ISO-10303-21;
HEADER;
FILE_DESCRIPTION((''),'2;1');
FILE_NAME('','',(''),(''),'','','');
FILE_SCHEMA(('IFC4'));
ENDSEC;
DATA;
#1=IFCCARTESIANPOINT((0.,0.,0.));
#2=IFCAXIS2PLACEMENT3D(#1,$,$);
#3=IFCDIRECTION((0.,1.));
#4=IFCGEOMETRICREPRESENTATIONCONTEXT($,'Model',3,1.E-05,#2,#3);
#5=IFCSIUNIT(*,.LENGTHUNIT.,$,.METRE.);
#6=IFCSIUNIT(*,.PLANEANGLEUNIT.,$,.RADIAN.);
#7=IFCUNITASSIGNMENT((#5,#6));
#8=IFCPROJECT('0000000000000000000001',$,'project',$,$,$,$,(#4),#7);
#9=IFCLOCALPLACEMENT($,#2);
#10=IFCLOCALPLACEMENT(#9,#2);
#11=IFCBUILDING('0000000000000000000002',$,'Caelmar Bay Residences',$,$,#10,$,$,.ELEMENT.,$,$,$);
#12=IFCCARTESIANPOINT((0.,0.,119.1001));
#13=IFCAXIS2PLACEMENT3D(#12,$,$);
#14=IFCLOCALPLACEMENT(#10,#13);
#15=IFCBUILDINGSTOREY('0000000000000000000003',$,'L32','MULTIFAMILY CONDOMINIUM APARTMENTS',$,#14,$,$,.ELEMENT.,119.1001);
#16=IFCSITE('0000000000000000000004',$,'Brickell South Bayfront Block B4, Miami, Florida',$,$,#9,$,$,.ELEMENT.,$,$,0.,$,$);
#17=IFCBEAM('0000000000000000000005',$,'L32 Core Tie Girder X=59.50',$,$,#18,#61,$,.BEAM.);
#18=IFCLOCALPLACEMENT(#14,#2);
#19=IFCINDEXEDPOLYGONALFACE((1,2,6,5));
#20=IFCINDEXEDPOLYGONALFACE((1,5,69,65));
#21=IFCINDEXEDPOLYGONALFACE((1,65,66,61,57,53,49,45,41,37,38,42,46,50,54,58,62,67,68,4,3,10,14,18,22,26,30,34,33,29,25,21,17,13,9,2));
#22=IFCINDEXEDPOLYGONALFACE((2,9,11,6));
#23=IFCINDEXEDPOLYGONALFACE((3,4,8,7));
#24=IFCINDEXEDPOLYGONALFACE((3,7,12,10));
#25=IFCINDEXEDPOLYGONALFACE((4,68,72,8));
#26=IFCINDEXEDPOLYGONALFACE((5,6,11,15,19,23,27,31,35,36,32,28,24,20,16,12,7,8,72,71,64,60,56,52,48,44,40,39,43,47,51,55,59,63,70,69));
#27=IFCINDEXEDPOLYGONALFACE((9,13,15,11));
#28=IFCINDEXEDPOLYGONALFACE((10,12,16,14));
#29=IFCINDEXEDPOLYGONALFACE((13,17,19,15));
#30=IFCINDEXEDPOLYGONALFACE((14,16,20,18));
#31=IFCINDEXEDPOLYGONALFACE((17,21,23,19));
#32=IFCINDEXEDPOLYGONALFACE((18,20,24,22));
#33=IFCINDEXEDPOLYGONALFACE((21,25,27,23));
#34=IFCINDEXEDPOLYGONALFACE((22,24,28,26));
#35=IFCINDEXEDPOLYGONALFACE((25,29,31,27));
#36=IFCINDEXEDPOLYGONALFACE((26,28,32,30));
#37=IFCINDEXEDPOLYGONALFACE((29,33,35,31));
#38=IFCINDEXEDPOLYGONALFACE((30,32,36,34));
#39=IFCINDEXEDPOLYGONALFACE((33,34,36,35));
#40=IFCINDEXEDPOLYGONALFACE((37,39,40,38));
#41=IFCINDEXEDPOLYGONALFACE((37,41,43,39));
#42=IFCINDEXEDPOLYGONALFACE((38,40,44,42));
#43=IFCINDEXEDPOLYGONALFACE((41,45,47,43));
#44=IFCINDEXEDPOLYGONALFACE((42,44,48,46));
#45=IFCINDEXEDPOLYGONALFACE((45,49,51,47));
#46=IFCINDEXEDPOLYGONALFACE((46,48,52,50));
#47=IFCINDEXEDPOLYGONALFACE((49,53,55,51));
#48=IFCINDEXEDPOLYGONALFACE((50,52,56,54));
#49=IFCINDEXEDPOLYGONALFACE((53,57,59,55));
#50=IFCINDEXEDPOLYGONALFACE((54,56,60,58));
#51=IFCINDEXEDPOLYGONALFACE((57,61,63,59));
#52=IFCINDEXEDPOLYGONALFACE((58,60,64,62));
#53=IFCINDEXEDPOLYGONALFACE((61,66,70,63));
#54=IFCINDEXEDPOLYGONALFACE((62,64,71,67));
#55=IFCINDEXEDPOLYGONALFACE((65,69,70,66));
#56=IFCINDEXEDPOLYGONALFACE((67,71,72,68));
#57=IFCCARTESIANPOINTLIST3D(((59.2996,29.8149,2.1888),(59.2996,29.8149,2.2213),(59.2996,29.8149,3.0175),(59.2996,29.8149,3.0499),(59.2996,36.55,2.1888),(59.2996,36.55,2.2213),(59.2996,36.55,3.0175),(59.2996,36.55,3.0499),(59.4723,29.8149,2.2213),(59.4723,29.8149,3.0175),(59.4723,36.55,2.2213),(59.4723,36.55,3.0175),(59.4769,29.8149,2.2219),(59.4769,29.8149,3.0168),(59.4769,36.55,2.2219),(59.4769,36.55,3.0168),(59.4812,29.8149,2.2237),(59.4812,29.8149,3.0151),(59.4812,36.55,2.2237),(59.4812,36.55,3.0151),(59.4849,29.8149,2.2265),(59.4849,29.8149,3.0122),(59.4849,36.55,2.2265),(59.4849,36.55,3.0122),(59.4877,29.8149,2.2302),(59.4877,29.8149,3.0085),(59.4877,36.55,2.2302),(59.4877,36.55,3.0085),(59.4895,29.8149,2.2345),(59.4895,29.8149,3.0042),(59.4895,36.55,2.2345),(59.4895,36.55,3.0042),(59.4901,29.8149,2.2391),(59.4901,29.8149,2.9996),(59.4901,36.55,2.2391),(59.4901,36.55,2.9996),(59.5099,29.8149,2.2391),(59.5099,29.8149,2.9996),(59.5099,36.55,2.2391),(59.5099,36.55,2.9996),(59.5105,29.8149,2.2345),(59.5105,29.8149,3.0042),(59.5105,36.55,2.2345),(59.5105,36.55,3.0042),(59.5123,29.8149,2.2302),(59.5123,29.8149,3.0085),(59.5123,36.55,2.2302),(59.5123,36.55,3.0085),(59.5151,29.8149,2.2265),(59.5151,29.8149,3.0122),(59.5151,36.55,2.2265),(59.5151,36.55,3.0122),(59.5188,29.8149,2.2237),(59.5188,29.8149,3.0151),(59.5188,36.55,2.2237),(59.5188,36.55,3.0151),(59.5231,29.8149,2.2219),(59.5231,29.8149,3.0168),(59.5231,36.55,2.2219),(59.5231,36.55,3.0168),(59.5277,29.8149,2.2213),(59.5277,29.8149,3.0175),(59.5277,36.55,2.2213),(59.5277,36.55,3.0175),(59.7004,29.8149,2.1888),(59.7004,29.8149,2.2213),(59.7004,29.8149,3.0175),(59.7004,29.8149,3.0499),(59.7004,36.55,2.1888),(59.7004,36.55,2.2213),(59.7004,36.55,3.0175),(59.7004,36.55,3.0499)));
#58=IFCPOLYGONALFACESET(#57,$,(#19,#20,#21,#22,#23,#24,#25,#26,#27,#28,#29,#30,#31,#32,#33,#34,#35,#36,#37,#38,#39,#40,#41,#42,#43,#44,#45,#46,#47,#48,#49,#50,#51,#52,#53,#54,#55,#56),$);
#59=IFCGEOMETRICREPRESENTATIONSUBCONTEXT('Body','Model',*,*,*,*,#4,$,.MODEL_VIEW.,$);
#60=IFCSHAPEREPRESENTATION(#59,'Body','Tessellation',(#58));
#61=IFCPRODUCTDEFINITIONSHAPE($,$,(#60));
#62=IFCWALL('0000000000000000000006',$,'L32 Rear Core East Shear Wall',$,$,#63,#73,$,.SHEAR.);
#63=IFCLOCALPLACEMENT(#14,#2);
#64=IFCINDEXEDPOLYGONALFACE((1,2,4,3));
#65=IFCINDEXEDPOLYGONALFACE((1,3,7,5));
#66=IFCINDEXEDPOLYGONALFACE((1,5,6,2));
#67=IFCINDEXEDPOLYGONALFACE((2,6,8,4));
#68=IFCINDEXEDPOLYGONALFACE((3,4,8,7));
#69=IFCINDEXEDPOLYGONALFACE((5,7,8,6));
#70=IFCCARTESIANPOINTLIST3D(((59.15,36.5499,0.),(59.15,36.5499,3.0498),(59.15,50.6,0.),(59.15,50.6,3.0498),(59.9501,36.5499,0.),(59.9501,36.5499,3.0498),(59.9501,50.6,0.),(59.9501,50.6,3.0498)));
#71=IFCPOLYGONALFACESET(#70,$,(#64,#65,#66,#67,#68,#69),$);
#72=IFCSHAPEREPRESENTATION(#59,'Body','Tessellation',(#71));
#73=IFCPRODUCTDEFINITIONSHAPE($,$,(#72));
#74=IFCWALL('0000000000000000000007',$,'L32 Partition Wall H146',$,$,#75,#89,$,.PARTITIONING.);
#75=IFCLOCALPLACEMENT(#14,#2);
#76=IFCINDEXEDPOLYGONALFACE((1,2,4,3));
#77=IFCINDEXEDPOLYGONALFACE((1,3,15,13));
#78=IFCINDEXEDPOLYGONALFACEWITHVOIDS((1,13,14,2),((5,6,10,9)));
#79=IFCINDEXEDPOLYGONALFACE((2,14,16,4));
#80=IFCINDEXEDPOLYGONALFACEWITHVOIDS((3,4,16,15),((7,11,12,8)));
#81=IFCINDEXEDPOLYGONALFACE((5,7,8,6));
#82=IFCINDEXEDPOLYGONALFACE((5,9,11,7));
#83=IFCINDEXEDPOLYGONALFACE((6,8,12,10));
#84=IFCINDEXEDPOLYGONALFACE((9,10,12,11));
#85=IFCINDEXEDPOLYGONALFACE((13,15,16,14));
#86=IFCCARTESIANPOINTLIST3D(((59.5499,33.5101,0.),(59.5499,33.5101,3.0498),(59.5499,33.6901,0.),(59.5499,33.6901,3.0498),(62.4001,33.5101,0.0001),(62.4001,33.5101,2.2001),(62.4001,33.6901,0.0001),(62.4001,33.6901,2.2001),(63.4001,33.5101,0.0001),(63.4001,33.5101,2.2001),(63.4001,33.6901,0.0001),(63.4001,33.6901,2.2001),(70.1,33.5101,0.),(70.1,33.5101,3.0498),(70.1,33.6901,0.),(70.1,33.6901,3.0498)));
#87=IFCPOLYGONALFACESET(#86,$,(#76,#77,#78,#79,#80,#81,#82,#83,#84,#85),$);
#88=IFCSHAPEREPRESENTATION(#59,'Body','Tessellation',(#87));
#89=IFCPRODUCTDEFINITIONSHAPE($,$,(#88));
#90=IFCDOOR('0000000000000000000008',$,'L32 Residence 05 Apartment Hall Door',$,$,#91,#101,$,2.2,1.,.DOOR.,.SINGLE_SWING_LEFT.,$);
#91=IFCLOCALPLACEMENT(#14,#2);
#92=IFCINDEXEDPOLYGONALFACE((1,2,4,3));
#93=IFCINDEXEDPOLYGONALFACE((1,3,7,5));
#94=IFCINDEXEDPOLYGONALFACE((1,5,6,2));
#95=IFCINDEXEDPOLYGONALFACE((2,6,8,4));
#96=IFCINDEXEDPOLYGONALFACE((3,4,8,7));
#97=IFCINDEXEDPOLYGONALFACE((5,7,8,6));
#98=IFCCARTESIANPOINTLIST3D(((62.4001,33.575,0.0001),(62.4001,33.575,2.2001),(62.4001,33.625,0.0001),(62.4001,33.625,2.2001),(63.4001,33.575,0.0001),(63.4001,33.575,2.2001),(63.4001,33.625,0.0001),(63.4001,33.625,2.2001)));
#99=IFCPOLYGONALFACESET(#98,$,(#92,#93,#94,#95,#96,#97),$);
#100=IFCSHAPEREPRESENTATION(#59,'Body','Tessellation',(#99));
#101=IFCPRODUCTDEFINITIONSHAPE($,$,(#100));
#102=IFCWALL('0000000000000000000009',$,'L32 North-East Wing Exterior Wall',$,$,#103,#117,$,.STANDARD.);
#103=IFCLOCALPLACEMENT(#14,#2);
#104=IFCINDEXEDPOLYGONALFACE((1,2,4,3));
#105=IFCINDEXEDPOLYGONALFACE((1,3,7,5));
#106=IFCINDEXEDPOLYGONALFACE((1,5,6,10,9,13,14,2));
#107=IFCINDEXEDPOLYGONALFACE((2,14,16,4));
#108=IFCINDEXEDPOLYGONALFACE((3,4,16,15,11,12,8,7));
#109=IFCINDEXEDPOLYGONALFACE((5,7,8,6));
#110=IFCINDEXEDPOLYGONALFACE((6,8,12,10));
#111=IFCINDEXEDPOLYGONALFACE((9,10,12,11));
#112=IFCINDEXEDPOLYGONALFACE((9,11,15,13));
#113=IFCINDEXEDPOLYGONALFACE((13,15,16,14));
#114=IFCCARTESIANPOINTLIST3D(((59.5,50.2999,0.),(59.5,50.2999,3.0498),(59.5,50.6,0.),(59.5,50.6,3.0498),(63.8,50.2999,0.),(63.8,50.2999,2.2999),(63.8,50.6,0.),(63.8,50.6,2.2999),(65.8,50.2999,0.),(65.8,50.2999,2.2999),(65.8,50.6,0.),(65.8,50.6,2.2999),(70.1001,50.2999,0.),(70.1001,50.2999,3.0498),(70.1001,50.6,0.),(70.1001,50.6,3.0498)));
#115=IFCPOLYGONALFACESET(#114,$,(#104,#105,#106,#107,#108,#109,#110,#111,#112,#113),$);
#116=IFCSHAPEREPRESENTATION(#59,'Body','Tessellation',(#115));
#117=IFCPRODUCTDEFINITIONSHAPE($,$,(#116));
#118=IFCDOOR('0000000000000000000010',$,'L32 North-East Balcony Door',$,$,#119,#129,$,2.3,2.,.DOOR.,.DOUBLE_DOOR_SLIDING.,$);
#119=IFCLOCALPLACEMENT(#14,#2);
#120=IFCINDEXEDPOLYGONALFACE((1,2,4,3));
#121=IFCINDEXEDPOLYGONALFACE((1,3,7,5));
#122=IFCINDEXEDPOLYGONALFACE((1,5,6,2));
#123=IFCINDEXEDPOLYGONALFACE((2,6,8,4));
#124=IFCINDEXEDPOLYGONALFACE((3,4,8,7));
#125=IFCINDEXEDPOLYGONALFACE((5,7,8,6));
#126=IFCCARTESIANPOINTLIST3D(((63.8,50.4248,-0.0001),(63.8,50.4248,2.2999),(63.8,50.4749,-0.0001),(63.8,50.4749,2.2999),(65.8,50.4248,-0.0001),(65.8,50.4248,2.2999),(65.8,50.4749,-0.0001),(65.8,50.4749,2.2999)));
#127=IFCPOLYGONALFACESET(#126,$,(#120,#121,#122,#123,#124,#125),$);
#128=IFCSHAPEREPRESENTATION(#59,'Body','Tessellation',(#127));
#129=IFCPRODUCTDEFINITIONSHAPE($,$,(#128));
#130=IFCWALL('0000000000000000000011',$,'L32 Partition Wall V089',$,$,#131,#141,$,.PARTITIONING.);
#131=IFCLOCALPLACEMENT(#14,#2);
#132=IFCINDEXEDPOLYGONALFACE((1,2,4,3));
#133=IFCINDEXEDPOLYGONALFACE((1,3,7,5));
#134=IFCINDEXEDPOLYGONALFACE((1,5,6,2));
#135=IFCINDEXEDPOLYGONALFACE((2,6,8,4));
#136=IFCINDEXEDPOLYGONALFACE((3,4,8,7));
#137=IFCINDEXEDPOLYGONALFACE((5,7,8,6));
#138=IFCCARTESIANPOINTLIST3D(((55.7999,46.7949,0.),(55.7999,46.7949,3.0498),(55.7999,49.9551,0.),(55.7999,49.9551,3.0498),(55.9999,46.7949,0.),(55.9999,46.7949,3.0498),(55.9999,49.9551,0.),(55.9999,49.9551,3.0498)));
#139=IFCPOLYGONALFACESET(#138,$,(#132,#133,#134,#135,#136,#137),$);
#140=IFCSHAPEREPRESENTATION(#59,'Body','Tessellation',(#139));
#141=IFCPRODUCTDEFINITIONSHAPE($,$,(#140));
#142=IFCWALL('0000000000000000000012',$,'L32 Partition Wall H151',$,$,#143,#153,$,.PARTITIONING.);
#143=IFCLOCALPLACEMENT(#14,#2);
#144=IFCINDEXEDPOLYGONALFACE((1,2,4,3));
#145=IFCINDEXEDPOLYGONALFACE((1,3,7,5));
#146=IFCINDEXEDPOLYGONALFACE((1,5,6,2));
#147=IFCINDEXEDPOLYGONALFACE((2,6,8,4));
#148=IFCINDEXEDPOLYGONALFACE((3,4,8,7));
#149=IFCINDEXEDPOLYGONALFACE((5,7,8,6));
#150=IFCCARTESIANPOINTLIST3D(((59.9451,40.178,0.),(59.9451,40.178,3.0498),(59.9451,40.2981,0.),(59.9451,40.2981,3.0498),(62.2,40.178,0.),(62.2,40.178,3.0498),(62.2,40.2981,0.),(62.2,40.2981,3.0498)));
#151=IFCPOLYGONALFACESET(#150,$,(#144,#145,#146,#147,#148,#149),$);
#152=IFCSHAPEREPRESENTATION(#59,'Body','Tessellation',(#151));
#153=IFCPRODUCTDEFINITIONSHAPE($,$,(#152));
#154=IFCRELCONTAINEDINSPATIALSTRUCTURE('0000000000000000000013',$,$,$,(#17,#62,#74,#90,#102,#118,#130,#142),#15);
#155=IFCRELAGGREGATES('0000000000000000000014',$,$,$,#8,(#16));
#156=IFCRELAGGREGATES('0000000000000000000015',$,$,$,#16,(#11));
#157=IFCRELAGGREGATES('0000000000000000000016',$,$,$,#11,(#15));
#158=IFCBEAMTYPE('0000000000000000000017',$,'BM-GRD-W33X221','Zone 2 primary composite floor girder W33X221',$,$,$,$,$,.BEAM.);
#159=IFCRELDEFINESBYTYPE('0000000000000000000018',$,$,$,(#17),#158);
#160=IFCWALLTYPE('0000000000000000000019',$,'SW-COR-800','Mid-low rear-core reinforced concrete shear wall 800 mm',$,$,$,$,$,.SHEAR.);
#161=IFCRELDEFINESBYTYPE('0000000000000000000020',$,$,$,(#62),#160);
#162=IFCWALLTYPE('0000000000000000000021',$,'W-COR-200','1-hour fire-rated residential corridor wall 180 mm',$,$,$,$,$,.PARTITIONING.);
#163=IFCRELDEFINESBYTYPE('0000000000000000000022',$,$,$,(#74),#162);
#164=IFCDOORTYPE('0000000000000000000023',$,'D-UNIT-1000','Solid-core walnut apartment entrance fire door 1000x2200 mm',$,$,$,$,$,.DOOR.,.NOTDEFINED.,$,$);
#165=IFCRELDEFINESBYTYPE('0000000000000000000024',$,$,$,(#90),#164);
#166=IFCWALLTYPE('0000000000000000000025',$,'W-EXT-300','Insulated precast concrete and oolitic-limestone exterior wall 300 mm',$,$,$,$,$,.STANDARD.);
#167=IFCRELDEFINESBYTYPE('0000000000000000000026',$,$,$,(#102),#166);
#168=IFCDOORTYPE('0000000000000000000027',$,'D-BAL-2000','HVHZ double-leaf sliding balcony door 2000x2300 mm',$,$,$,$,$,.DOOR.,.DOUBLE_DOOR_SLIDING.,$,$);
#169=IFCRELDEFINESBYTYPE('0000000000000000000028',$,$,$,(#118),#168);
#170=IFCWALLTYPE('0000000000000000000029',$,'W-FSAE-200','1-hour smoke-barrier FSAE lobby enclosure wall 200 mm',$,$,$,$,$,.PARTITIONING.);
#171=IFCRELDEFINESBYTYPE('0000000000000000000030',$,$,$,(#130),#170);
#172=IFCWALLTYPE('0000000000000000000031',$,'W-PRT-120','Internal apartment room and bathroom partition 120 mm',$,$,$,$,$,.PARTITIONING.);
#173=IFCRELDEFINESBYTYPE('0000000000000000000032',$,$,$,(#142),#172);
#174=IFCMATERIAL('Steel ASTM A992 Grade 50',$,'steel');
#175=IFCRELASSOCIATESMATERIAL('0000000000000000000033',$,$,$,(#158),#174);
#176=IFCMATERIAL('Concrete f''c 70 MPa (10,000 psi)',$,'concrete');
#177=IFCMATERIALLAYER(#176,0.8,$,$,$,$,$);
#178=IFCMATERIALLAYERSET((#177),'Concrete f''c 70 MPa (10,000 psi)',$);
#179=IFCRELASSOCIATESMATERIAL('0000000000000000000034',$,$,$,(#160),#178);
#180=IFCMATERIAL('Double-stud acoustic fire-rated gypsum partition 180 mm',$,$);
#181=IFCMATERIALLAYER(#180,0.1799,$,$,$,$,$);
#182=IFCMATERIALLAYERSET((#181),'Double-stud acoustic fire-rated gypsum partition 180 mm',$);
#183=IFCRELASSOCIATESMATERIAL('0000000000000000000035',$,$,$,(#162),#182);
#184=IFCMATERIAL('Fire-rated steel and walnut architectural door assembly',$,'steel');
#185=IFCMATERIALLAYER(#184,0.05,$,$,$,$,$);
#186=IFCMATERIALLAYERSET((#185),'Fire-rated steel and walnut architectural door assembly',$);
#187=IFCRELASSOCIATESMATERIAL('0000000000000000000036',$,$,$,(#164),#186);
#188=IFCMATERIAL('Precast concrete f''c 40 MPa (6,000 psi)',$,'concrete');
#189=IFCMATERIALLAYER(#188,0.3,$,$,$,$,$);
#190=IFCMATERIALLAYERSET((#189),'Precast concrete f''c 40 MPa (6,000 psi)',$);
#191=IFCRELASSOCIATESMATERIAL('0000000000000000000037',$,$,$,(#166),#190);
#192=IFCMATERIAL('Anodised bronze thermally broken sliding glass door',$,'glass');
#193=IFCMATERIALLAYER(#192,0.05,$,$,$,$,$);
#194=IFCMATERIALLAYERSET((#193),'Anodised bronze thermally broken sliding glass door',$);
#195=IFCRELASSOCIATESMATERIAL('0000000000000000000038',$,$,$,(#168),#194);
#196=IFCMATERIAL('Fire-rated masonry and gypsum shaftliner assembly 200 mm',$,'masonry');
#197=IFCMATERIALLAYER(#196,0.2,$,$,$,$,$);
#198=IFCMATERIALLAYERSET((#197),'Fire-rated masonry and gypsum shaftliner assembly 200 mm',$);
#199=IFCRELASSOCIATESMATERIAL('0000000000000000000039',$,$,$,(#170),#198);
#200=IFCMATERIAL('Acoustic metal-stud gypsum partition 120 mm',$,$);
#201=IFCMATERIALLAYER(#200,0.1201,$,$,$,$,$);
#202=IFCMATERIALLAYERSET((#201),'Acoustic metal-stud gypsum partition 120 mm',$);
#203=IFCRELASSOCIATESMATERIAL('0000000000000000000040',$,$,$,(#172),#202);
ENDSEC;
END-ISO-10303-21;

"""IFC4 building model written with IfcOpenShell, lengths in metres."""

from ifc_helpers import new_model, si_unit, direction, frame, frame_2d, origin, origin_2d, place, context, subcontext, project, spatial, rectangle, i_section, extrude, material, layer, layer_set, material_profile, profile_set, type_object, element, fill, save


model = new_model("IFC4")

# Units and contexts
model_context = context("Model", 3, precision=1e-05, world=origin(), true_north=direction((0.0, 1.0)))
body_context = subcontext(model_context, "Body", "Model", "MODEL_VIEW")
ifc_project = project(units=[si_unit("LENGTHUNIT", "METRE"), si_unit("PLANEANGLEUNIT", "RADIAN")], contexts=[model_context])

# Site, building, storey
site_placement = place(None, origin())
site = spatial("IfcSite", under=ifc_project, at=site_placement, Name="Brickell South Bayfront Block B4, Miami, Florida", CompositionType="ELEMENT", RefElevation=0.0)
building_placement = place(site_placement, origin())
building = spatial("IfcBuilding", under=site, at=building_placement, Name="Caelmar Bay Residences", CompositionType="ELEMENT")
storey_placement = place(building_placement, frame((0.0, 0.0, 119.1001)))
storey = spatial("IfcBuildingStorey", under=building, at=storey_placement, Name="L32", Description="MULTIFAMILY CONDOMINIUM APARTMENTS", CompositionType="ELEMENT", Elevation=119.1001)

# Beam
ifc_material_1 = material(Name="Steel ASTM A992 Grade 50", Category="steel")
ifc_material_profile = material_profile(ifc_material_1, i_section(OverallWidth=0.4009, OverallDepth=0.8611, WebThickness=0.0198, FlangeThickness=0.0325, FilletRadius=0.0178, at=origin_2d()), Name="W33X221")
ifc_profile_set = profile_set([ifc_material_profile], Name="Steel ASTM A992 Grade 50")
beam_type = type_object("IfcBeamType", Name="BM-GRD-W33X221", Description="Zone 2 primary composite floor girder W33X221", PredefinedType="BEAM", material=ifc_profile_set)
beam_placement = place(storey_placement, frame((59.5, 29.8149, 2.6194), z_axis=(0.0, 1.0, 0.0), x_axis=(-1.0, 0.0, 0.0)))
element("IfcBeam", 1, at=beam_placement, inside=storey, type_object=beam_type, Name="L32 Core Tie Girder X=59.50", PredefinedType="BEAM", context=body_context, shape_type="SweptSolid", body=[
    extrude(i_section(OverallWidth=0.4009, OverallDepth=0.8611, WebThickness=0.0198, FlangeThickness=0.0325, FilletRadius=0.0178, at=origin_2d()), origin(), (0.0, 0.0, 1.0), 6.7351),
])

# Shared definitions
ifc_material_2 = material(Name="Fire-rated steel and walnut architectural door assembly", Category="steel")

# Wall
ifc_material_3 = material(Name="Concrete f'c 70 MPa (10,000 psi)", Category="concrete")
ifc_layer_1 = layer(ifc_material_3, 0.8)
ifc_layer_set_1 = layer_set([ifc_layer_1], Name="Concrete f'c 70 MPa (10,000 psi)")
wall_type_1 = type_object("IfcWallType", Name="SW-COR-800", Description="Mid-low rear-core reinforced concrete shear wall 800 mm", PredefinedType="SHEAR", material=ifc_layer_set_1)
wall_1_placement = place(storey_placement, frame((59.55, 36.55, 0.0), z_axis=(0.0, 0.0, 1.0), x_axis=(0.0, 1.0, 0.0)))
element("IfcWall", 2, at=wall_1_placement, inside=storey, type_object=wall_type_1, Name="L32 Rear Core East Shear Wall", PredefinedType="SHEAR", context=body_context, shape_type="SweptSolid", body=[
    extrude(rectangle(XDim=14.05, YDim=0.8, at=frame_2d((7.0249, 0.0))), origin(), (0.0, 0.0, 1.0), 3.0498),
])

# Walls, openings, doors
ifc_material_4 = material(Name="Double-stud acoustic fire-rated gypsum partition 180 mm")
ifc_layer_2 = layer(ifc_material_4, 0.1799)
ifc_layer_set_2 = layer_set([ifc_layer_2], Name="Double-stud acoustic fire-rated gypsum partition 180 mm")
wall_type_2 = type_object("IfcWallType", Name="W-COR-200", Description="1-hour fire-rated residential corridor wall 180 mm", PredefinedType="PARTITIONING", material=ifc_layer_set_2)
wall_2_placement = place(storey_placement, frame((59.55, 33.6001, 0.0), z_axis=(0.0, 0.0, 1.0), x_axis=(1.0, 0.0, 0.0)))
wall_2 = element("IfcWall", 3, at=wall_2_placement, inside=storey, type_object=wall_type_2, Name="L32 Partition Wall H146", PredefinedType="PARTITIONING", context=body_context, shape_type="SweptSolid", body=[
    extrude(rectangle(XDim=10.55, YDim=0.1799, at=frame_2d((5.2749, 0.0))), origin(), (0.0, 0.0, 1.0), 3.0498),
])
opening_1_placement = place(wall_2_placement, frame((2.8501, 0.0, 0.0)))
opening_1 = element("IfcOpeningElement", 4, at=opening_1_placement, cuts=wall_2, PredefinedType="OPENING", context=body_context, shape_type="SweptSolid", body=[
    extrude(rectangle(XDim=1.0, YDim=2.2, at=frame_2d((0.5, 1.1001))), frame((0.0, 0.0999, 0.0), z_axis=(0.0, -1.0, 0.0), x_axis=(1.0, 0.0, 0.0)), (0.0, 0.0, 1.0), 0.2),
])
ifc_layer_3 = layer(ifc_material_2, 0.05)
ifc_layer_set_3 = layer_set([ifc_layer_3], Name="Fire-rated steel and walnut architectural door assembly")
door_type_1 = type_object("IfcDoorType", Name="D-UNIT-1000", Description="Solid-core walnut apartment entrance fire door 1000x2200 mm", OperationType="NOTDEFINED", PredefinedType="DOOR", material=ifc_layer_set_3)
door_1_placement = place(opening_1_placement, origin())
door_1 = element("IfcDoor", 5, at=door_1_placement, inside=storey, type_object=door_type_1, Name="L32 Residence 05 Apartment Hall Door", OperationType="SINGLE_SWING_LEFT", OverallHeight=2.2, OverallWidth=1.0, PredefinedType="DOOR", context=body_context, shape_type="SweptSolid", body=[
    extrude(rectangle(XDim=1.0, YDim=2.2, at=frame_2d((0.5, 1.1001))), frame((0.0, 0.0249, 0.0), z_axis=(0.0, -1.0, 0.0), x_axis=(1.0, 0.0, 0.0)), (0.0, 0.0, 1.0), 0.05),
])
fill(opening_1, door_1)
ifc_material_5 = material(Name="Precast concrete f'c 40 MPa (6,000 psi)", Category="concrete")
ifc_layer_4 = layer(ifc_material_5, 0.3)
ifc_layer_set_4 = layer_set([ifc_layer_4], Name="Precast concrete f'c 40 MPa (6,000 psi)")
wall_type_3 = type_object("IfcWallType", Name="W-EXT-300", Description="Insulated precast concrete and oolitic-limestone exterior wall 300 mm", PredefinedType="STANDARD", material=ifc_layer_set_4)
wall_3_placement = place(storey_placement, frame((59.5, 50.45, 0.0), z_axis=(0.0, 0.0, 1.0), x_axis=(1.0, 0.0, 0.0)))
wall_3 = element("IfcWall", 6, at=wall_3_placement, inside=storey, type_object=wall_type_3, Name="L32 North-East Wing Exterior Wall", PredefinedType="STANDARD", context=body_context, shape_type="SweptSolid", body=[
    extrude(rectangle(XDim=10.6001, YDim=0.3, at=frame_2d((5.3, 0.0))), origin(), (0.0, 0.0, 1.0), 3.0498),
])
opening_2_placement = place(wall_3_placement, frame((4.3, 0.0, 0.0)))
opening_2 = element("IfcOpeningElement", 7, at=opening_2_placement, cuts=wall_3, PredefinedType="OPENING", context=body_context, shape_type="SweptSolid", body=[
    extrude(rectangle(XDim=2.0, YDim=2.3, at=frame_2d((1.0, 1.1499))), frame((0.0, 0.1599, 0.0), z_axis=(0.0, -1.0, 0.0), x_axis=(1.0, 0.0, 0.0)), (0.0, 0.0, 1.0), 0.3201),
])
ifc_material_6 = material(Name="Anodised bronze thermally broken sliding glass door", Category="glass")
ifc_layer_5 = layer(ifc_material_6, 0.05)
ifc_layer_set_5 = layer_set([ifc_layer_5], Name="Anodised bronze thermally broken sliding glass door")
door_type_2 = type_object("IfcDoorType", Name="D-BAL-2000", Description="HVHZ double-leaf sliding balcony door 2000x2300 mm", OperationType="DOUBLE_DOOR_SLIDING", PredefinedType="DOOR", material=ifc_layer_set_5)
door_2_placement = place(opening_2_placement, origin())
door_2 = element("IfcDoor", 8, at=door_2_placement, inside=storey, type_object=door_type_2, Name="L32 North-East Balcony Door", OperationType="DOUBLE_DOOR_SLIDING", OverallHeight=2.3, OverallWidth=2.0, PredefinedType="DOOR", context=body_context, shape_type="SweptSolid", body=[
    extrude(rectangle(XDim=2.0, YDim=2.3, at=frame_2d((1.0, 1.1499))), frame((0.0, 0.0249, 0.0), z_axis=(0.0, -1.0, 0.0), x_axis=(1.0, 0.0, 0.0)), (0.0, 0.0, 1.0), 0.05),
])
fill(opening_2, door_2)

# Walls
ifc_material_7 = material(Name="Fire-rated masonry and gypsum shaftliner assembly 200 mm", Category="masonry")
ifc_layer_6 = layer(ifc_material_7, 0.2)
ifc_layer_set_6 = layer_set([ifc_layer_6], Name="Fire-rated masonry and gypsum shaftliner assembly 200 mm")
wall_type_4 = type_object("IfcWallType", Name="W-FSAE-200", Description="1-hour smoke-barrier FSAE lobby enclosure wall 200 mm", PredefinedType="PARTITIONING", material=ifc_layer_set_6)
wall_4_placement = place(storey_placement, frame((55.8999, 46.7949, 0.0), z_axis=(0.0, 0.0, 1.0), x_axis=(0.0, 1.0, 0.0)))
element("IfcWall", 9, at=wall_4_placement, inside=storey, type_object=wall_type_4, Name="L32 Partition Wall V089", PredefinedType="PARTITIONING", context=body_context, shape_type="SweptSolid", body=[
    extrude(rectangle(XDim=3.1602, YDim=0.2, at=frame_2d((1.5801, 0.0))), origin(), (0.0, 0.0, 1.0), 3.0498),
])
ifc_material_8 = material(Name="Acoustic metal-stud gypsum partition 120 mm")
ifc_layer_7 = layer(ifc_material_8, 0.1201)
ifc_layer_set_7 = layer_set([ifc_layer_7], Name="Acoustic metal-stud gypsum partition 120 mm")
wall_type_5 = type_object("IfcWallType", Name="W-PRT-120", Description="Internal apartment room and bathroom partition 120 mm", PredefinedType="PARTITIONING", material=ifc_layer_set_7)
wall_5_placement = place(storey_placement, frame((59.9451, 40.238, 0.0), z_axis=(0.0, 0.0, 1.0), x_axis=(1.0, 0.0, 0.0)))
element("IfcWall", 10, at=wall_5_placement, inside=storey, type_object=wall_type_5, Name="L32 Partition Wall H151", PredefinedType="PARTITIONING", context=body_context, shape_type="SweptSolid", body=[
    extrude(rectangle(XDim=2.2549, YDim=0.1201, at=frame_2d((1.1274, 0.0))), origin(), (0.0, 0.0, 1.0), 3.0498),
])

save(model, "model.ifc")
